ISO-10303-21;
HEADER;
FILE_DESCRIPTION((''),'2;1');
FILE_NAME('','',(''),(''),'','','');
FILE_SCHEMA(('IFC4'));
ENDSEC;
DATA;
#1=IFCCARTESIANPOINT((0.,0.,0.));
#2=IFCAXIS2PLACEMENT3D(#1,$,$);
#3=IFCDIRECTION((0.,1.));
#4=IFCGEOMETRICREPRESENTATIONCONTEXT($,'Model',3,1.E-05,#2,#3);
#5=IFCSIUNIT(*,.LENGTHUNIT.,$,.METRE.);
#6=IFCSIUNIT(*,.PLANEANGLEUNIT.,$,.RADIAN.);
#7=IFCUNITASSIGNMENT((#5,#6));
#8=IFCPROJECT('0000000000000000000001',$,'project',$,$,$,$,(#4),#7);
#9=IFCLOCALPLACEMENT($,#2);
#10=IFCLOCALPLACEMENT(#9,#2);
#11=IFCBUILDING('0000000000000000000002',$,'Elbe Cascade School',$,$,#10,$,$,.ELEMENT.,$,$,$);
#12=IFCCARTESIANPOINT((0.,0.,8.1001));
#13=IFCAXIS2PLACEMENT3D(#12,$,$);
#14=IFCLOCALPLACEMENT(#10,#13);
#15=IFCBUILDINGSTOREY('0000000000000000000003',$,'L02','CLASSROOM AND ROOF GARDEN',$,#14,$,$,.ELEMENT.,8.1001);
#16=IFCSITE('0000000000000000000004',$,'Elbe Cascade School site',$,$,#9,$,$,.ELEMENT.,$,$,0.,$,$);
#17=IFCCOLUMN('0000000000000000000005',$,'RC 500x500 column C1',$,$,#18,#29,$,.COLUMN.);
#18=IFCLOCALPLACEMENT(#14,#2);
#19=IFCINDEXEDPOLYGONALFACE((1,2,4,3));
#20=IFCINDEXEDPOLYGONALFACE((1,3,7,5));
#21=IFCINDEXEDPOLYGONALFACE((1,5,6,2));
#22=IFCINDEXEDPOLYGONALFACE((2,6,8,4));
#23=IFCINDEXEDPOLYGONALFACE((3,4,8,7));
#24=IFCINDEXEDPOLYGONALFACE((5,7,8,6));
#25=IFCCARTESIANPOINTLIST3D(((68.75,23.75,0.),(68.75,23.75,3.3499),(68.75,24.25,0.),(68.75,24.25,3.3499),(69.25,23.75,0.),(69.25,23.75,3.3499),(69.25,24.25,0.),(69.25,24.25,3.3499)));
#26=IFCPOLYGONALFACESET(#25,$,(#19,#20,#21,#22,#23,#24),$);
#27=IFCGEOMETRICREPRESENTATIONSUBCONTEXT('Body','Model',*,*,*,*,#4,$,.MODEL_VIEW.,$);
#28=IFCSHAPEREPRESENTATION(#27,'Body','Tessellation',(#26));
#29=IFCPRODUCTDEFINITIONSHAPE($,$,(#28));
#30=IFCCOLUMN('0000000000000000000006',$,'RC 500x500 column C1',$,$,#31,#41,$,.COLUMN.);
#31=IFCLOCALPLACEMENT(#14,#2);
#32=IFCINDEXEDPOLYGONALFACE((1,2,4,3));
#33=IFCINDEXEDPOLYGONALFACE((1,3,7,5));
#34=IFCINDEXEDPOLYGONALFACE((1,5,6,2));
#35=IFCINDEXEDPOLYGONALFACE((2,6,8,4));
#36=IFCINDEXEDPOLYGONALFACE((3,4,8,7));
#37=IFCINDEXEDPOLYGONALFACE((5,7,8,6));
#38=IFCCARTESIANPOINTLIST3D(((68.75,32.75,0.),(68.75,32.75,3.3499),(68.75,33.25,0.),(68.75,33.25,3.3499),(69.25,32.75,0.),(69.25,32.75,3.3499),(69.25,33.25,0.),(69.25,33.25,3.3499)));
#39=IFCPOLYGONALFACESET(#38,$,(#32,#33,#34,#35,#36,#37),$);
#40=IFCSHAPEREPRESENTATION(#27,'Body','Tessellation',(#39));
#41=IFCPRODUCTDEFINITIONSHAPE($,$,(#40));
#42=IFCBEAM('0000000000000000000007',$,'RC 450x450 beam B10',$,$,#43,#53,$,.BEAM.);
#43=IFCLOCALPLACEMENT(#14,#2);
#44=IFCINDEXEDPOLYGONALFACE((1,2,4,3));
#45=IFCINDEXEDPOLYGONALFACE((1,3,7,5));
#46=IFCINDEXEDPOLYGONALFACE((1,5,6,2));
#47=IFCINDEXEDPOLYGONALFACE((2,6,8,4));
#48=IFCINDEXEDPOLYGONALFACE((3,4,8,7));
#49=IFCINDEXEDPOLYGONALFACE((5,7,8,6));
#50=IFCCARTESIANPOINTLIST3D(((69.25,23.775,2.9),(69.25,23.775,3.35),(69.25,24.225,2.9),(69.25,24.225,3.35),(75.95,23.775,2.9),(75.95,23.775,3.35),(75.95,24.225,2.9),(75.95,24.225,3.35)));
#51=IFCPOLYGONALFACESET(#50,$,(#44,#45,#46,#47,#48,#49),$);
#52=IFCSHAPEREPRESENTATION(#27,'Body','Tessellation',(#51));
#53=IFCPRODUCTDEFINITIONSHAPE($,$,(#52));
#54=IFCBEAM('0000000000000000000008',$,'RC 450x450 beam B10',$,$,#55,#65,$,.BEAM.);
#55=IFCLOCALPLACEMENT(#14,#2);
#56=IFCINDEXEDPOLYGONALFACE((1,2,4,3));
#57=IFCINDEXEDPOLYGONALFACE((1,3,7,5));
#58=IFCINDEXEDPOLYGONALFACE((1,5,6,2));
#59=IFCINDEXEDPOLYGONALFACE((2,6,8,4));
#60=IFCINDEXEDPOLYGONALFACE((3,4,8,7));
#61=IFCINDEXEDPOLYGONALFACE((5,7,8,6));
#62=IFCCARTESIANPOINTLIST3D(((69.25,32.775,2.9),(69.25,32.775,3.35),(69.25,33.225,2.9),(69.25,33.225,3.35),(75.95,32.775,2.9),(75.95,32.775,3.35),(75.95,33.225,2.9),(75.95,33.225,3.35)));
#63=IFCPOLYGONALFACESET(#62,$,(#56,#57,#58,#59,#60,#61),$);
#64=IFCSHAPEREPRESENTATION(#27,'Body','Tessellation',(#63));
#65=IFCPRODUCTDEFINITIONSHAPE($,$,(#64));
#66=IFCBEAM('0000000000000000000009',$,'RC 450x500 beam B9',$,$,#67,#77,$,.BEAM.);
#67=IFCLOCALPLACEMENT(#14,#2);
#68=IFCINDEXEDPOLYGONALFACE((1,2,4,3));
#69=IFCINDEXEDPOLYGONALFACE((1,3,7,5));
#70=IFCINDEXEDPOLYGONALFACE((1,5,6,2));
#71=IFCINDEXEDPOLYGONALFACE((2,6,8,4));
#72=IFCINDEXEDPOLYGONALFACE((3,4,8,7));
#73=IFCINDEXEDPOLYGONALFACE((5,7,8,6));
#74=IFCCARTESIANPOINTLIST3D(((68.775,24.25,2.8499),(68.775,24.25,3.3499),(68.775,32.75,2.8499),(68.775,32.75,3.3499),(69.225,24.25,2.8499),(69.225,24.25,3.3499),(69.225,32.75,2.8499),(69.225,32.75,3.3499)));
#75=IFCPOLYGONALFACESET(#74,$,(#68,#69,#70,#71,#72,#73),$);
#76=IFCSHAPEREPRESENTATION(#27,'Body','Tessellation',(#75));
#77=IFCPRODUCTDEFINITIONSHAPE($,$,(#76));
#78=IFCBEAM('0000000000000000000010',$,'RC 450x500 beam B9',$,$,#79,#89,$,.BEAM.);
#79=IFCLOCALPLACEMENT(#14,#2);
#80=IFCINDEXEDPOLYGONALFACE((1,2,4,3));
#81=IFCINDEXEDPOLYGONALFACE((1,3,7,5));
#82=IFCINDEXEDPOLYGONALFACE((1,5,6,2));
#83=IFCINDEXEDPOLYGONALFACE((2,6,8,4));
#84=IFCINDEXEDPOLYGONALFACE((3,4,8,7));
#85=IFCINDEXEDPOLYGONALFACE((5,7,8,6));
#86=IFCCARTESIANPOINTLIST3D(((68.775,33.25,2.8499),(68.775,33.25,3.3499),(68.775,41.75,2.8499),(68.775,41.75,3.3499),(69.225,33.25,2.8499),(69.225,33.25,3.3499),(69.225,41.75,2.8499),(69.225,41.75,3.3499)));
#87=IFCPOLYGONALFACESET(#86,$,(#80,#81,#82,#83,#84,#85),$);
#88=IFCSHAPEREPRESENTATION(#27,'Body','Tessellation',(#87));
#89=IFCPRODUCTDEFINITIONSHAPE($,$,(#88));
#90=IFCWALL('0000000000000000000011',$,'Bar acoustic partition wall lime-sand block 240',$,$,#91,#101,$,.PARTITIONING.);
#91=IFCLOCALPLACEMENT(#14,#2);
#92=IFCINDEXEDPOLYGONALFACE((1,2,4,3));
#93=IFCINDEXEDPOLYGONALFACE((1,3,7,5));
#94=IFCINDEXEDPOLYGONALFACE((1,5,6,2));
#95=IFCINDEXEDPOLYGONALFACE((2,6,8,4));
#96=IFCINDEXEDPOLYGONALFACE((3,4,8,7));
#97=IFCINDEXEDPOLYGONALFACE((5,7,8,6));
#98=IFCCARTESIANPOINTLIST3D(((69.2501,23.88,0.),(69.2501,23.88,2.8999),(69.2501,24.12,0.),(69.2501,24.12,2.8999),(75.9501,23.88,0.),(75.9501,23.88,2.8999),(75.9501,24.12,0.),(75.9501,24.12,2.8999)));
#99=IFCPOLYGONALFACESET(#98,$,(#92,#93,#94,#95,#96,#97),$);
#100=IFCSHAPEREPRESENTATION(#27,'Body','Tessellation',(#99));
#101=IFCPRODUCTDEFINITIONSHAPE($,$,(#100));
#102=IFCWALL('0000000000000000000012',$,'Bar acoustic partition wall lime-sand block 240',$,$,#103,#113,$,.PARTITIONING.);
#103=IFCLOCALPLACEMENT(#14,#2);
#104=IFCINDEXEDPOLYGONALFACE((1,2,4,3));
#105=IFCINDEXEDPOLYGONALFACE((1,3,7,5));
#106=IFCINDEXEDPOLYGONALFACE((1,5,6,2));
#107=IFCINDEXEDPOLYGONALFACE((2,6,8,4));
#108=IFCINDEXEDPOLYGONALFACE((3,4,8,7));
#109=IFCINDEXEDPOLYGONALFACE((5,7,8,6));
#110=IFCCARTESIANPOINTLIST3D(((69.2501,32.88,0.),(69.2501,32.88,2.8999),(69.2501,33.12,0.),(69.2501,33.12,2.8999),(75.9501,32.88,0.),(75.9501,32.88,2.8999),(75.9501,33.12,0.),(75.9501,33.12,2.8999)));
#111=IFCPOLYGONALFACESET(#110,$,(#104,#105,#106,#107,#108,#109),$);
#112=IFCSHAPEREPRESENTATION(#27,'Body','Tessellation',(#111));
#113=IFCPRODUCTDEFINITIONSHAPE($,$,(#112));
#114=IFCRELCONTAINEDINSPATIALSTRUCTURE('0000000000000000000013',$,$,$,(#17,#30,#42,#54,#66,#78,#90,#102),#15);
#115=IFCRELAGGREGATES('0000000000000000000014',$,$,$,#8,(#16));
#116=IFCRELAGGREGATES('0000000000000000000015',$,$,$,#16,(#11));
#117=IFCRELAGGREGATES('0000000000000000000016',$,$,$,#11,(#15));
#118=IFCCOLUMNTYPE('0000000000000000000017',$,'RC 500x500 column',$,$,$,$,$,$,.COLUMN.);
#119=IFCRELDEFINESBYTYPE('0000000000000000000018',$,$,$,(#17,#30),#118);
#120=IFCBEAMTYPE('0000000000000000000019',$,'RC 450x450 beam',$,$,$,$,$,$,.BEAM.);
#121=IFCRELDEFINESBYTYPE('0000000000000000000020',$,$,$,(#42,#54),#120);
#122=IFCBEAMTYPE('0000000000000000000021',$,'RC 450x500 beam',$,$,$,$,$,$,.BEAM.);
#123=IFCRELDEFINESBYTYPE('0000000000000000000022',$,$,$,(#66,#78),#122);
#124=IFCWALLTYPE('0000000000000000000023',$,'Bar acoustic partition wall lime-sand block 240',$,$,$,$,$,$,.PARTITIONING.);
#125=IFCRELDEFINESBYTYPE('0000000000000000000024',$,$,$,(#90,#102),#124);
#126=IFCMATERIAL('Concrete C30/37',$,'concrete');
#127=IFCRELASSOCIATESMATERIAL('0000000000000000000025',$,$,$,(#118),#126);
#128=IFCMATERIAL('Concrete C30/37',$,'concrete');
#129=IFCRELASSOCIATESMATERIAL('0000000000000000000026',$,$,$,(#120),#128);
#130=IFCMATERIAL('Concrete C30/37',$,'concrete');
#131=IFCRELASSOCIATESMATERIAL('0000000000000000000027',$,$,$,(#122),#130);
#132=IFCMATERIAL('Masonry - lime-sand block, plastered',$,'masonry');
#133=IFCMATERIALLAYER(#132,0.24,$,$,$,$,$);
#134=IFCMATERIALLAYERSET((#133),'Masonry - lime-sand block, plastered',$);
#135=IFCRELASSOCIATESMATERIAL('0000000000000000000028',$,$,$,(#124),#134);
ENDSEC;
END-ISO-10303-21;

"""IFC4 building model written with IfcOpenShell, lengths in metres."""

from ifc_helpers import new_model, si_unit, direction, frame, frame_2d, origin, origin_2d, place, context, subcontext, project, spatial, rectangle, extrude, material, layer, layer_set, material_profile, profile_set, type_object, element, save


model = new_model("IFC4")

# Units and contexts
model_context = context("Model", 3, precision=1e-05, world=origin(), true_north=direction((0.0, 1.0)))
body_context = subcontext(model_context, "Body", "Model", "MODEL_VIEW")
ifc_project = project(units=[si_unit("LENGTHUNIT", "METRE"), si_unit("PLANEANGLEUNIT", "RADIAN")], contexts=[model_context])

# Site, building, storey
site_placement = place(None, origin())
site = spatial("IfcSite", under=ifc_project, at=site_placement, Name="Elbe Cascade School site", CompositionType="ELEMENT", RefElevation=0.0)
building_placement = place(site_placement, origin())
building = spatial("IfcBuilding", under=site, at=building_placement, Name="Elbe Cascade School", CompositionType="ELEMENT")
storey_placement = place(building_placement, frame((0.0, 0.0, 8.1001)))
storey = spatial("IfcBuildingStorey", under=building, at=storey_placement, Name="L02", Description="CLASSROOM AND ROOF GARDEN", CompositionType="ELEMENT", Elevation=8.1001)

# Columns
ifc_material_1 = material(Name="Concrete C30/37", Category="concrete")
ifc_material_profile_1 = material_profile(ifc_material_1, rectangle(XDim=0.5, YDim=0.5, at=origin_2d()), Name="RC 500x500")
ifc_profile_set_1 = profile_set([ifc_material_profile_1], Name="Concrete C30/37")
column_type = type_object("IfcColumnType", Name="RC 500x500 column", PredefinedType="COLUMN", material=ifc_profile_set_1)
for number, where, z_axis, x_axis, name in (
    (1, (69.0, 24.0, 0.0), (0.0, 0.0, 1.0), (1.0, 0.0, 0.0), "RC 500x500 column C1"),
    (2, (69.0, 33.0, 0.0), (0.0, 0.0, 1.0), (1.0, 0.0, 0.0), "RC 500x500 column C1"),
):
    element("IfcColumn", number, at=place(storey_placement, frame(where, z_axis=z_axis, x_axis=x_axis)), inside=storey, type_object=column_type, Name=name, PredefinedType="COLUMN", context=body_context, shape_type="SweptSolid", body=[
        extrude(rectangle(XDim=0.5, YDim=0.5, at=origin_2d()), origin(), (0.0, 0.0, 1.0), 3.3499),
    ])

# Beams
ifc_material_2 = material(Name="Concrete C30/37", Category="concrete")
ifc_material_profile_2 = material_profile(ifc_material_2, rectangle(XDim=0.45, YDim=0.45, at=origin_2d()), Name="RC 450x450")
ifc_profile_set_2 = profile_set([ifc_material_profile_2], Name="Concrete C30/37")
beam_type_1 = type_object("IfcBeamType", Name="RC 450x450 beam", PredefinedType="BEAM", material=ifc_profile_set_2)
for number, where, z_axis, x_axis, name in (
    (3, (69.25, 24.0, 3.125), (1.0, 0.0, 0.0), (0.0, 1.0, 0.0), "RC 450x450 beam B10"),
    (4, (69.25, 33.0, 3.125), (1.0, 0.0, 0.0), (0.0, 1.0, 0.0), "RC 450x450 beam B10"),
):
    element("IfcBeam", number, at=place(storey_placement, frame(where, z_axis=z_axis, x_axis=x_axis)), inside=storey, type_object=beam_type_1, Name=name, PredefinedType="BEAM", context=body_context, shape_type="SweptSolid", body=[
        extrude(rectangle(XDim=0.45, YDim=0.45, at=origin_2d()), origin(), (0.0, 0.0, 1.0), 6.7),
    ])
ifc_material_3 = material(Name="Concrete C30/37", Category="concrete")
ifc_material_profile_3 = material_profile(ifc_material_3, rectangle(XDim=0.45, YDim=0.5, at=origin_2d()), Name="RC 450x500")
ifc_profile_set_3 = profile_set([ifc_material_profile_3], Name="Concrete C30/37")
beam_type_2 = type_object("IfcBeamType", Name="RC 450x500 beam", PredefinedType="BEAM", material=ifc_profile_set_3)
for number, where, z_axis, x_axis, name in (
    (5, (69.0, 24.25, 3.0999), (0.0, 1.0, 0.0), (-1.0, 0.0, 0.0), "RC 450x500 beam B9"),
    (6, (69.0, 33.25, 3.0999), (0.0, 1.0, 0.0), (-1.0, 0.0, 0.0), "RC 450x500 beam B9"),
):
    element("IfcBeam", number, at=place(storey_placement, frame(where, z_axis=z_axis, x_axis=x_axis)), inside=storey, type_object=beam_type_2, Name=name, PredefinedType="BEAM", context=body_context, shape_type="SweptSolid", body=[
        extrude(rectangle(XDim=0.45, YDim=0.5, at=origin_2d()), origin(), (0.0, 0.0, 1.0), 8.5),
    ])

# Walls
ifc_material_4 = material(Name="Masonry - lime-sand block, plastered", Category="masonry")
ifc_layer_1 = layer(ifc_material_4, 0.24)
ifc_layer_set_1 = layer_set([ifc_layer_1], Name="Masonry - lime-sand block, plastered")
wall_type_1 = type_object("IfcWallType", Name="Bar acoustic partition wall lime-sand block 240", PredefinedType="PARTITIONING", material=ifc_layer_set_1)
for number, where, z_axis, x_axis, name in (
    (7, (69.25, 24.0, 0.0), (0.0, 0.0, 1.0), (1.0, 0.0, 0.0), "Bar acoustic partition wall lime-sand block 240"),
    (8, (69.25, 33.0, 0.0), (0.0, 0.0, 1.0), (1.0, 0.0, 0.0), "Bar acoustic partition wall lime-sand block 240"),
):
    element("IfcWall", number, at=place(storey_placement, frame(where, z_axis=z_axis, x_axis=x_axis)), inside=storey, type_object=wall_type_1, Name=name, PredefinedType="PARTITIONING", context=body_context, shape_type="SweptSolid", body=[
        extrude(rectangle(XDim=6.7, YDim=0.24, at=frame_2d((3.3501, 0.0))), origin(), (0.0, 0.0, 1.0), 2.8999),
    ])

save(model, "model.ifc")
